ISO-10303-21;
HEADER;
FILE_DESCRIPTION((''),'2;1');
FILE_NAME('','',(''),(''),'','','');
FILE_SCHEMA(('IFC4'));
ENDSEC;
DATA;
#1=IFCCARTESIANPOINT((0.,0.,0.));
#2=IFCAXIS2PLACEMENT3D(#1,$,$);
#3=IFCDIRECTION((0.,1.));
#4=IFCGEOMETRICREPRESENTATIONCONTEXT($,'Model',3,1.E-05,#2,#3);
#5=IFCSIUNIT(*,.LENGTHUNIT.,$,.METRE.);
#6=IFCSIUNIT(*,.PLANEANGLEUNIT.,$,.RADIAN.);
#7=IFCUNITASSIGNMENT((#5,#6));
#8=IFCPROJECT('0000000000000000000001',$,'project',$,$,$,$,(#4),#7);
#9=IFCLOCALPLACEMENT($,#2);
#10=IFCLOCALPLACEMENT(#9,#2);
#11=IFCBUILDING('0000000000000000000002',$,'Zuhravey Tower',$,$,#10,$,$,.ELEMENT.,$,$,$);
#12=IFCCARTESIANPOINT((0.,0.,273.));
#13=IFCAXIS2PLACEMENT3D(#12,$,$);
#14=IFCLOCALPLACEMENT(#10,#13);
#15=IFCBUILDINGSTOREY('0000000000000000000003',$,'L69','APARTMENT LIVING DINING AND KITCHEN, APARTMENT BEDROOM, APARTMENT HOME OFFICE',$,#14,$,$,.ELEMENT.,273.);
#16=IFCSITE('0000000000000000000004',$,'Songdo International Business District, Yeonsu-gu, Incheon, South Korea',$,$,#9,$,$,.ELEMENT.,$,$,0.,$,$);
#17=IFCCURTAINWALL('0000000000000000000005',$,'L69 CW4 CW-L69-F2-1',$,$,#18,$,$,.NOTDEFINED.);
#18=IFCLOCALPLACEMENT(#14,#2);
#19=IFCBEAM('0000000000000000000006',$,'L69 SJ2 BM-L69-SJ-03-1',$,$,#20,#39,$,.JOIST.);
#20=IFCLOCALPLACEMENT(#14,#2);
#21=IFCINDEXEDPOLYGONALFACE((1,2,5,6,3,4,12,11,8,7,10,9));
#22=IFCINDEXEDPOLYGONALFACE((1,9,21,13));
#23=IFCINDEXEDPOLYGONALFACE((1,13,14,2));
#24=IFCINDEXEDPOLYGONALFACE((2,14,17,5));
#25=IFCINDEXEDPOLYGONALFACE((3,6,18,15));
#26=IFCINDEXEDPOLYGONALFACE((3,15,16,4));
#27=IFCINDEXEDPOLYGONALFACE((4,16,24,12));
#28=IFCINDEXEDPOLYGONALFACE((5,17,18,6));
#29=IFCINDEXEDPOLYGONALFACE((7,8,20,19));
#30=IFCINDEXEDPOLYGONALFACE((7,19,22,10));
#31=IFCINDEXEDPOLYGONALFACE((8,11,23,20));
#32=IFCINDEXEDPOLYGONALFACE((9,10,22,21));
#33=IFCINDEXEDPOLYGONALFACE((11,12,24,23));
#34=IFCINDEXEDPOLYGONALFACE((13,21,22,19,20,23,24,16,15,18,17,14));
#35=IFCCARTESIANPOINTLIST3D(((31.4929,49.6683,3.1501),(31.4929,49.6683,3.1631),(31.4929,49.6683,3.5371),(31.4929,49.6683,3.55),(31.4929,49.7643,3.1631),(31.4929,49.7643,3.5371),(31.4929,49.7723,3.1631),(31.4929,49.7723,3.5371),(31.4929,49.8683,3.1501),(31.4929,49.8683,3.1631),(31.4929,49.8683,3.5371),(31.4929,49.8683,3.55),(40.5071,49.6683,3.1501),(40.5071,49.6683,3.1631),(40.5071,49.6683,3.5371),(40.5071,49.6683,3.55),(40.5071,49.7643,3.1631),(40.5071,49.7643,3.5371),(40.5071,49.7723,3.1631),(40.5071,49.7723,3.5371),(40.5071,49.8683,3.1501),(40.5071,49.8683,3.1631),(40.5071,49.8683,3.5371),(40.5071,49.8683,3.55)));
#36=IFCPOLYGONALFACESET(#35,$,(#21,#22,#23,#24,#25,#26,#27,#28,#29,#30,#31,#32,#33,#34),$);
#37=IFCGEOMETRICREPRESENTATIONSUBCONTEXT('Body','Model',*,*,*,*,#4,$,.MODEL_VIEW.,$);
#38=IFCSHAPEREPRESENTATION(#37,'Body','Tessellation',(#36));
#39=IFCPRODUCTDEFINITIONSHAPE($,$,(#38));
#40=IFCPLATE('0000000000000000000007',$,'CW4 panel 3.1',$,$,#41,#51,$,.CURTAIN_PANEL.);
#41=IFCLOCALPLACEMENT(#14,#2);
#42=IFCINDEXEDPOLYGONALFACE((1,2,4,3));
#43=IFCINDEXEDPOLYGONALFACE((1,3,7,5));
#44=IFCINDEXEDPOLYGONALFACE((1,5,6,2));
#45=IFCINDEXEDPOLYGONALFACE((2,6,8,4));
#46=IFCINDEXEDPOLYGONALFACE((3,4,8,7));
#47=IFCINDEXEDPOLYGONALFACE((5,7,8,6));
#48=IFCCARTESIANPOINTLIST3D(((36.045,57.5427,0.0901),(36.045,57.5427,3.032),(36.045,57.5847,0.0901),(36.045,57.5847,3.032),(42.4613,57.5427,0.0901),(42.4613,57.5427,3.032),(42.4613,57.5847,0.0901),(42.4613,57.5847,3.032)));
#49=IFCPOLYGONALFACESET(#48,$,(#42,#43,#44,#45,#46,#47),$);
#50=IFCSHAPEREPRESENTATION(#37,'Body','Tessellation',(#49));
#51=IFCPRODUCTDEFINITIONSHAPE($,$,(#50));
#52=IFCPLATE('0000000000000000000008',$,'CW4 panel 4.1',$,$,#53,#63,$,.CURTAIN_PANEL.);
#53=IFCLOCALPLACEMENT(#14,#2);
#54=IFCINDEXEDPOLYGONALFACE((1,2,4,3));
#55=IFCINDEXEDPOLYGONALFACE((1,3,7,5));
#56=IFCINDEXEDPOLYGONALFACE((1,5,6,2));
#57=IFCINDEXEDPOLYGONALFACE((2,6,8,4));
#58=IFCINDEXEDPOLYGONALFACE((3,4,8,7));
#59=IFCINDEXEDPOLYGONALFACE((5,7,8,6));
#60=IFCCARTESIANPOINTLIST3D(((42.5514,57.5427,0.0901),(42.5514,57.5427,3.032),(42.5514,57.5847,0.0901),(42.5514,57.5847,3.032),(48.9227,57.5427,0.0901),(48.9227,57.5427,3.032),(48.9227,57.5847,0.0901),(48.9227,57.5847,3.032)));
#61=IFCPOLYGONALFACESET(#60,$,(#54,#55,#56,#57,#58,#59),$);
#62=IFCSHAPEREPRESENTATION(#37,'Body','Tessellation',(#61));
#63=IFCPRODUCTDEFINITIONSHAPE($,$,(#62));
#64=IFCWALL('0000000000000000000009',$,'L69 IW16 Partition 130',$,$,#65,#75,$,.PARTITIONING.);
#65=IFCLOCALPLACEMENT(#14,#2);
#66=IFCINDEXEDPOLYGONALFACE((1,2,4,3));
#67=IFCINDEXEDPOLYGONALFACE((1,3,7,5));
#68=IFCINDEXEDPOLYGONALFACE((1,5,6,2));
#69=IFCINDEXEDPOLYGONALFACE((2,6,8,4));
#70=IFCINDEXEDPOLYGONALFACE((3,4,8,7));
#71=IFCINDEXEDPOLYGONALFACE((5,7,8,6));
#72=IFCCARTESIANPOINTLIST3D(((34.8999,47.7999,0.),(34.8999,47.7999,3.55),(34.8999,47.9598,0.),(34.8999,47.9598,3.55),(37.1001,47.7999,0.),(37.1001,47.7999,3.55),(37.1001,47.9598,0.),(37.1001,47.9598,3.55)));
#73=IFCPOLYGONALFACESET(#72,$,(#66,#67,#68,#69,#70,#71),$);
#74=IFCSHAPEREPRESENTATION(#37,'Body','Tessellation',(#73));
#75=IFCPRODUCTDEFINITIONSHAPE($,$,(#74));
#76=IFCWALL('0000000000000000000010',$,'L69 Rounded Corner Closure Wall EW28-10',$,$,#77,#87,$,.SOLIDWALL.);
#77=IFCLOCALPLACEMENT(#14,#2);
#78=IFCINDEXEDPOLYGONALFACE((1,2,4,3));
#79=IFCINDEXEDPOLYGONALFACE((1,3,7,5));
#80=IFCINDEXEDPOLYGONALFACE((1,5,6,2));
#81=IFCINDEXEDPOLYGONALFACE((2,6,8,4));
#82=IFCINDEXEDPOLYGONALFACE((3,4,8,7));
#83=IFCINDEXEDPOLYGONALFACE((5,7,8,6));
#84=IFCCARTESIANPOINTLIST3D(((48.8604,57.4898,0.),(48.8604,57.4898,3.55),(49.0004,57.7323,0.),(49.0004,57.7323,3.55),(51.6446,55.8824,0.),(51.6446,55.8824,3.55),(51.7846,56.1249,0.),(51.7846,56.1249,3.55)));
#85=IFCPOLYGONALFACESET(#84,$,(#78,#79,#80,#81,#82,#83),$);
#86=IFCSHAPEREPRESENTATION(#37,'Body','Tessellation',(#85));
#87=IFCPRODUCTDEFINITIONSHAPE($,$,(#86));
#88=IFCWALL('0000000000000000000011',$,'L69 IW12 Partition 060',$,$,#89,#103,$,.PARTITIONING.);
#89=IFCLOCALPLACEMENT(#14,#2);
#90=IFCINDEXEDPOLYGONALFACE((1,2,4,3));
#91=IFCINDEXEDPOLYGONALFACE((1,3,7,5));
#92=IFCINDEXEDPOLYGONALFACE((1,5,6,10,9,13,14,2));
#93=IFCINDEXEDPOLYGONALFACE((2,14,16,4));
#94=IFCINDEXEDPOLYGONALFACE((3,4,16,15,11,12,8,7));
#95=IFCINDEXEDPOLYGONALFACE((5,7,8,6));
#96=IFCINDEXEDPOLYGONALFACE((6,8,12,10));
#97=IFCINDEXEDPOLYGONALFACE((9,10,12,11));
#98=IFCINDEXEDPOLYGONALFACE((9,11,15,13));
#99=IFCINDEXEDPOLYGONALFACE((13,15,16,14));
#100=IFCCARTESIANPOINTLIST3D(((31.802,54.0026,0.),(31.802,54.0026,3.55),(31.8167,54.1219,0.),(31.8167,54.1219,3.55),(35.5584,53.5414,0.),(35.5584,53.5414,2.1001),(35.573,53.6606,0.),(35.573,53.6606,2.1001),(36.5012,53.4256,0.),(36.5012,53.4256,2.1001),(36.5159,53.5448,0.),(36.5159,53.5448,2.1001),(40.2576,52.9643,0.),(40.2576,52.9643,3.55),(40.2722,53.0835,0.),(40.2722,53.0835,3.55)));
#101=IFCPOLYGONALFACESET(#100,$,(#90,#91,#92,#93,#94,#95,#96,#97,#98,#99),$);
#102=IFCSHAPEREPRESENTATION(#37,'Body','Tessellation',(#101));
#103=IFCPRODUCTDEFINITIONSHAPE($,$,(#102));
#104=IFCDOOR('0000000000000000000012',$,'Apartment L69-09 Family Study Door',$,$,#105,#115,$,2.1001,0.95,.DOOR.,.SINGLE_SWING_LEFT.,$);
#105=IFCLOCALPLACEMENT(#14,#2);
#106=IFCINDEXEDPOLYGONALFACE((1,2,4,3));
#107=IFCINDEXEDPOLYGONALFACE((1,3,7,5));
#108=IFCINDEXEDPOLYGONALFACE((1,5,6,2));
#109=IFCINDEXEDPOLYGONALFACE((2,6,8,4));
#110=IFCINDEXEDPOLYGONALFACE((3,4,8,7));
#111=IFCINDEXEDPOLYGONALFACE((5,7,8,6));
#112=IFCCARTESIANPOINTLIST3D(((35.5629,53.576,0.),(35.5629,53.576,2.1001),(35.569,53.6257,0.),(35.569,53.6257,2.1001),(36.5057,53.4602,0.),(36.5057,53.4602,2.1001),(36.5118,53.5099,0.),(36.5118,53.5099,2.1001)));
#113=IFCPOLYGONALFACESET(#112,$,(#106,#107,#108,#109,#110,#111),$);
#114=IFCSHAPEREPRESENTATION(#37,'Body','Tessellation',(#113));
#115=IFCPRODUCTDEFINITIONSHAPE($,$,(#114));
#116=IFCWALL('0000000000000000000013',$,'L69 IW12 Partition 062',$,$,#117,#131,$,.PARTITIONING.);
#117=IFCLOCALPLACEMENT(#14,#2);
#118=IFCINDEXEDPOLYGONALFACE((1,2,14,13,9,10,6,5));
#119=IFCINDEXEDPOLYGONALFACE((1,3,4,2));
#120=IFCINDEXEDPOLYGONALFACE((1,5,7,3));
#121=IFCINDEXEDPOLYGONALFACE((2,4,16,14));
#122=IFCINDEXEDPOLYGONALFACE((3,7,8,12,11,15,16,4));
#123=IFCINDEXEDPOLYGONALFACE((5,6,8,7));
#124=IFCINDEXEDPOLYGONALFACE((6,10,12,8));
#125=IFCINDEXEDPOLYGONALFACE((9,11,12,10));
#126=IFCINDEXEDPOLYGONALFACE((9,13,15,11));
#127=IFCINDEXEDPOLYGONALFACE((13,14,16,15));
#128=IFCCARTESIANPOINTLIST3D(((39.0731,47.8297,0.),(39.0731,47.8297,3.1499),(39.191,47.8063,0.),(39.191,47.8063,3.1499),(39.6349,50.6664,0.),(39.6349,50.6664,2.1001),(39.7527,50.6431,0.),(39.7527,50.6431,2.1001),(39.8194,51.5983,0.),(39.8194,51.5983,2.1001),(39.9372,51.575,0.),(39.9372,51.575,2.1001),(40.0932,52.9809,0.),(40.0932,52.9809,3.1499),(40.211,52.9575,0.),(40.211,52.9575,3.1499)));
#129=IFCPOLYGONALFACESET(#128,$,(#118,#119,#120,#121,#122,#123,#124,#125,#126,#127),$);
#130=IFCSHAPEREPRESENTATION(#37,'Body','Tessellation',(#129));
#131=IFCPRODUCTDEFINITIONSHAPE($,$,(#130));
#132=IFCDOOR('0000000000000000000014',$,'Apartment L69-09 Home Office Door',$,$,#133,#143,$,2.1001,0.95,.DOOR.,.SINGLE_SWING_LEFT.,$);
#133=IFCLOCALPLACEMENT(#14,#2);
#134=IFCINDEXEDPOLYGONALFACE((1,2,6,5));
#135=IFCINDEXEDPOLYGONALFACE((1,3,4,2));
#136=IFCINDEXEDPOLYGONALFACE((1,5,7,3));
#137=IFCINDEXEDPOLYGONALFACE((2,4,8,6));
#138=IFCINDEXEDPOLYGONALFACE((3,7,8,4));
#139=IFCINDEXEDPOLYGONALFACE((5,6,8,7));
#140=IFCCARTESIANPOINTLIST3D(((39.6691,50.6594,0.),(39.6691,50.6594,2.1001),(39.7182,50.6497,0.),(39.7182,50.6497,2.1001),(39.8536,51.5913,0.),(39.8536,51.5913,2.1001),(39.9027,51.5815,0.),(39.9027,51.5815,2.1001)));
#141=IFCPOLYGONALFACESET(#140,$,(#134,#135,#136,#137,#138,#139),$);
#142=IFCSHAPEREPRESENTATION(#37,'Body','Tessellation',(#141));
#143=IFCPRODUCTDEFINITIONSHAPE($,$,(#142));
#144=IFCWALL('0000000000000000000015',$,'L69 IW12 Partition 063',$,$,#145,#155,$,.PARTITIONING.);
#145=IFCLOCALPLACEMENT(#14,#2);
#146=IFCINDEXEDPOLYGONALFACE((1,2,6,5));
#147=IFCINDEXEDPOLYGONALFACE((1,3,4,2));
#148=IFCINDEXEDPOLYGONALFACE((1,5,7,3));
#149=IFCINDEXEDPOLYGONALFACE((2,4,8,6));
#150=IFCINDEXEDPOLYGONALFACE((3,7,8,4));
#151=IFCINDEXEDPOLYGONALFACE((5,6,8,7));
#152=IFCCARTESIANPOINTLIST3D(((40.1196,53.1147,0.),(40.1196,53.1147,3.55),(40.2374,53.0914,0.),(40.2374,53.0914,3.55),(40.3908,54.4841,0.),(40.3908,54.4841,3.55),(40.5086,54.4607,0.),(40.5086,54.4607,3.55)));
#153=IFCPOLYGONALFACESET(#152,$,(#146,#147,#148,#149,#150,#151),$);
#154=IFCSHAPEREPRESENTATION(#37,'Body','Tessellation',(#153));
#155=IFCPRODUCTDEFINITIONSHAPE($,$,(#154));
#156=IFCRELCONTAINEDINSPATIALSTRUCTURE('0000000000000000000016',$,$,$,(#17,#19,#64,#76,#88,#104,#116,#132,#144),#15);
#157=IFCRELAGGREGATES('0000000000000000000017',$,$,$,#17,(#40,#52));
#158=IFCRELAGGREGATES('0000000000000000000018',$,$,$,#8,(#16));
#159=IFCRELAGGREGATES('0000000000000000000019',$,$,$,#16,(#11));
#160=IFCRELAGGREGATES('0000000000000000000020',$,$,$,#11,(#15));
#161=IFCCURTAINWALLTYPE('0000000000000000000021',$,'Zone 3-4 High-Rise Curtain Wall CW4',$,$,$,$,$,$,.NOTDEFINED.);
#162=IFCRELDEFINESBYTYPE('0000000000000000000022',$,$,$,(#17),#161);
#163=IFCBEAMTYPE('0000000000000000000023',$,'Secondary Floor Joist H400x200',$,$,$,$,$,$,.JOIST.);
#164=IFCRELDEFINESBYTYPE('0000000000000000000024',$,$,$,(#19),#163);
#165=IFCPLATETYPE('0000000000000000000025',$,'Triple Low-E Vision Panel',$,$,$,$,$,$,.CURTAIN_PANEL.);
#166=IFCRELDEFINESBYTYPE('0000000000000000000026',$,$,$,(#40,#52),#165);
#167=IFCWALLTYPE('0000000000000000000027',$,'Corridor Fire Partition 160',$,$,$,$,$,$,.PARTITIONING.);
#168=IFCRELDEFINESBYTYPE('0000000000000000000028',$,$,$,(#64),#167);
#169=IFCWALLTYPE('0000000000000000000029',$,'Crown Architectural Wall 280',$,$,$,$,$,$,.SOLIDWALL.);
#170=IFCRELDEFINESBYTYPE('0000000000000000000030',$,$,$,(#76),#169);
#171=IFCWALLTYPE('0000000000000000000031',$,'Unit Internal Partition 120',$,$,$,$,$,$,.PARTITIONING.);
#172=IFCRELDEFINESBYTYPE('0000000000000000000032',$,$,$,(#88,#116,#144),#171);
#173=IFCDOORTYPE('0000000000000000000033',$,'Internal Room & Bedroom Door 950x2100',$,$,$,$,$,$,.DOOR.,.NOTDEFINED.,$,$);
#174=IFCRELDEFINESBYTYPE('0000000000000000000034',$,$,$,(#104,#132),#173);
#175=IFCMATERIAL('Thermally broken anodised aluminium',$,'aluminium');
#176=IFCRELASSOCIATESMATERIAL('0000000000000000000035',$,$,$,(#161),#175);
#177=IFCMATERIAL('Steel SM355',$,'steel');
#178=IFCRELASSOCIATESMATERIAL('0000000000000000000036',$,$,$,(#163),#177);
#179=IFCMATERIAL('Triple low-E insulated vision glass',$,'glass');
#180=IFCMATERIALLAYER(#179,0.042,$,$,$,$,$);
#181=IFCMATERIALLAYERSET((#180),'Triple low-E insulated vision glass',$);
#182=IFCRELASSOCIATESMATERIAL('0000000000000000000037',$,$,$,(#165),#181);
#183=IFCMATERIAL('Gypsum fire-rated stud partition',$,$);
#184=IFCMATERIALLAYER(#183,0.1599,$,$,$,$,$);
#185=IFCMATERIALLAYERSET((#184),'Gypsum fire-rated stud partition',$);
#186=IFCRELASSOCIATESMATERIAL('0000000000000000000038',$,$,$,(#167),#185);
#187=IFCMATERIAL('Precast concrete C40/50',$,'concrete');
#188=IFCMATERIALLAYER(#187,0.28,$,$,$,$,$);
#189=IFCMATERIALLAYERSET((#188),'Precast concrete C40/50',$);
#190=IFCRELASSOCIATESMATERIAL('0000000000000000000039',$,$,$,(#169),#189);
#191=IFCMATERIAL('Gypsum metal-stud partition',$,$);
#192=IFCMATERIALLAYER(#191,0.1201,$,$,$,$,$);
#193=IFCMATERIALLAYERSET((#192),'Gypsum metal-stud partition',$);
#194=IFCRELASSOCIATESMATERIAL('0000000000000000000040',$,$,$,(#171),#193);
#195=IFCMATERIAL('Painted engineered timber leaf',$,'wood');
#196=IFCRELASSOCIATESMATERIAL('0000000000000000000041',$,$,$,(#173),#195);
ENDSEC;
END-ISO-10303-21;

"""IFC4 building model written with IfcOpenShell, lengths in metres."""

from ifc_helpers import new_model, si_unit, direction, frame, frame_2d, origin, origin_2d, place, context, subcontext, project, spatial, rectangle, i_section, extrude, material, layer, layer_set, material_profile, profile_set, type_object, element, fill, aggregate, save


model = new_model("IFC4")

# Units and contexts
model_context = context("Model", 3, precision=1e-05, world=origin(), true_north=direction((0.0, 1.0)))
body_context = subcontext(model_context, "Body", "Model", "MODEL_VIEW")
ifc_project = project(units=[si_unit("LENGTHUNIT", "METRE"), si_unit("PLANEANGLEUNIT", "RADIAN")], contexts=[model_context])

# Site, building, storey
site_placement = place(None, origin())
site = spatial("IfcSite", under=ifc_project, at=site_placement, Name="Songdo International Business District, Yeonsu-gu, Incheon, South Korea", CompositionType="ELEMENT", RefElevation=0.0)
building_placement = place(site_placement, origin())
building = spatial("IfcBuilding", under=site, at=building_placement, Name="Zuhravey Tower", CompositionType="ELEMENT")
storey_placement = place(building_placement, frame((0.0, 0.0, 273.0)))
storey = spatial("IfcBuildingStorey", under=building, at=storey_placement, Name="L69", Description="APARTMENT LIVING DINING AND KITCHEN, APARTMENT BEDROOM, APARTMENT HOME OFFICE", CompositionType="ELEMENT", Elevation=273.0)

# Curtain wall
ifc_material_1 = material(Name="Thermally broken anodised aluminium", Category="aluminium")
curtain_wall_type = type_object("IfcCurtainWallType", Name="Zone 3-4 High-Rise Curtain Wall CW4", PredefinedType="NOTDEFINED", material=ifc_material_1)
curtain_wall_placement = place(storey_placement, origin())
curtain_wall = element("IfcCurtainWall", 1, at=curtain_wall_placement, inside=storey, type_object=curtain_wall_type, Name="L69 CW4 CW-L69-F2-1", PredefinedType="NOTDEFINED")

# Beam
ifc_material_2 = material(Name="Steel SM355", Category="steel")
ifc_material_profile_1 = material_profile(ifc_material_2, i_section(OverallWidth=0.2, OverallDepth=0.3999, WebThickness=0.0081, FlangeThickness=0.0129, at=origin_2d()), Name="H-400x200x8x13")
ifc_profile_set_1 = profile_set([ifc_material_profile_1], Name="Steel SM355")
beam_type_1 = type_object("IfcBeamType", Name="Secondary Floor Joist H400x200", PredefinedType="JOIST", material=ifc_profile_set_1)
beam_1_placement = place(storey_placement, frame((40.5071, 49.7683, 3.3501), z_axis=(-1.0, 0.0, 0.0), x_axis=(0.0, -1.0, 0.0)))
element("IfcBeam", 2, at=beam_1_placement, inside=storey, type_object=beam_type_1, Name="L69 SJ2 BM-L69-SJ-03-1", PredefinedType="JOIST", context=body_context, shape_type="SweptSolid", body=[
    extrude(i_section(OverallWidth=0.2, OverallDepth=0.3999, WebThickness=0.0081, FlangeThickness=0.0129, at=origin_2d()), origin(), (0.0, 0.0, 1.0), 9.0142),
])

# Plates
ifc_material_3 = material(Name="Triple low-E insulated vision glass", Category="glass")
ifc_layer_1 = layer(ifc_material_3, 0.042)
ifc_layer_set_1 = layer_set([ifc_layer_1], Name="Triple low-E insulated vision glass")
plate_type = type_object("IfcPlateType", Name="Triple Low-E Vision Panel", PredefinedType="CURTAIN_PANEL", material=ifc_layer_set_1)
plate_1_placement = place(storey_placement, frame((39.2532, 57.5637, 0.0901), z_axis=(0.0, 0.0, 1.0), x_axis=(1.0, 0.0, 0.0)))
plate_1 = element("IfcPlate", 3, at=plate_1_placement, type_object=plate_type, Name="CW4 panel 3.1", PredefinedType="CURTAIN_PANEL", context=body_context, shape_type="SweptSolid", body=[
    extrude(rectangle(XDim=6.4163, YDim=0.042, at=origin_2d()), origin(), (0.0, 0.0, 1.0), 2.9419),
])
plate_2_placement = place(storey_placement, frame((45.7371, 57.5637, 0.0901), z_axis=(0.0, 0.0, 1.0), x_axis=(1.0, 0.0, 0.0)))
plate_2 = element("IfcPlate", 4, at=plate_2_placement, type_object=plate_type, Name="CW4 panel 4.1", PredefinedType="CURTAIN_PANEL", context=body_context, shape_type="SweptSolid", body=[
    extrude(rectangle(XDim=6.3713, YDim=0.042, at=origin_2d()), origin(), (0.0, 0.0, 1.0), 2.9419),
])
aggregate(curtain_wall, [plate_1, plate_2])

# Walls
ifc_material_4 = material(Name="Gypsum fire-rated stud partition")
ifc_layer_2 = layer(ifc_material_4, 0.1599)
ifc_layer_set_2 = layer_set([ifc_layer_2], Name="Gypsum fire-rated stud partition")
wall_type_1 = type_object("IfcWallType", Name="Corridor Fire Partition 160", PredefinedType="PARTITIONING", material=ifc_layer_set_2)
wall_1_placement = place(storey_placement, frame((37.1001, 47.8799, 0.0), z_axis=(0.0, 0.0, 1.0), x_axis=(-1.0, 0.0, 0.0)))
element("IfcWall", 5, at=wall_1_placement, inside=storey, type_object=wall_type_1, Name="L69 IW16 Partition 130", PredefinedType="PARTITIONING", context=body_context, shape_type="SweptSolid", body=[
    extrude(rectangle(XDim=2.2002, YDim=0.1599, at=frame_2d((1.1001, 0.0))), origin(), (0.0, 0.0, 1.0), 3.55),
])
ifc_material_5 = material(Name="Precast concrete C40/50", Category="concrete")
ifc_layer_3 = layer(ifc_material_5, 0.28)
ifc_layer_set_3 = layer_set([ifc_layer_3], Name="Precast concrete C40/50")
wall_type_2 = type_object("IfcWallType", Name="Crown Architectural Wall 280", PredefinedType="SOLIDWALL", material=ifc_layer_set_3)
wall_2_placement = place(storey_placement, frame((48.9304, 57.6111, 0.0), z_axis=(0.0, 0.0, 1.0), x_axis=(0.866029, -0.499994, 0.0)))
element("IfcWall", 6, at=wall_2_placement, inside=storey, type_object=wall_type_2, Name="L69 Rounded Corner Closure Wall EW28-10", PredefinedType="SOLIDWALL", context=body_context, shape_type="SweptSolid", body=[
    extrude(rectangle(XDim=3.2148, YDim=0.28, at=frame_2d((1.6074, 0.0))), origin(), (0.0, 0.0, 1.0), 3.55),
])

# Walls, openings, doors
ifc_material_6 = material(Name="Gypsum metal-stud partition")
ifc_layer_4 = layer(ifc_material_6, 0.1201)
ifc_layer_set_4 = layer_set([ifc_layer_4], Name="Gypsum metal-stud partition")
wall_type_3 = type_object("IfcWallType", Name="Unit Internal Partition 120", PredefinedType="PARTITIONING", material=ifc_layer_set_4)
wall_3_placement = place(storey_placement, frame((40.2649, 53.0239, 0.0), z_axis=(0.0, 0.0, 1.0), x_axis=(-0.992544, 0.121883, 0.0)))
wall_3 = element("IfcWall", 7, at=wall_3_placement, inside=storey, type_object=wall_type_3, Name="L69 IW12 Partition 060", PredefinedType="PARTITIONING", context=body_context, shape_type="SweptSolid", body=[
    extrude(rectangle(XDim=8.519, YDim=0.1201, at=frame_2d((4.2595, 0.0))), origin(), (0.0, 0.0, 1.0), 3.55),
])
opening_1_placement = place(wall_3_placement, frame((3.7844, 0.0, 0.0)))
opening_1 = element("IfcOpeningElement", 8, at=opening_1_placement, cuts=wall_3, PredefinedType="OPENING", context=body_context, shape_type="SweptSolid", body=[
    extrude(rectangle(XDim=0.95, YDim=2.1001, at=frame_2d((0.4751, 1.05))), frame((0.0, 0.072, 0.0), z_axis=(0.0, -1.0, 0.0), x_axis=(1.0, 0.0, 0.0)), (0.0, 0.0, 1.0), 0.144),
])
ifc_material_7 = material(Name="Painted engineered timber leaf", Category="wood")
door_type = type_object("IfcDoorType", Name="Internal Room & Bedroom Door 950x2100", OperationType="NOTDEFINED", PredefinedType="DOOR", material=ifc_material_7)
door_1_placement = place(opening_1_placement, frame((0.95, 0.0, 0.0), z_axis=(0.0, 0.0, 1.0), x_axis=(-1.0, 0.0, 0.0)))
door_1 = element("IfcDoor", 9, at=door_1_placement, inside=storey, type_object=door_type, Name="Apartment L69-09 Family Study Door", OperationType="SINGLE_SWING_LEFT", OverallHeight=2.1001, OverallWidth=0.95, PredefinedType="DOOR", context=body_context, shape_type="SweptSolid", body=[
    extrude(rectangle(XDim=0.95, YDim=2.1001, at=frame_2d((0.4751, 1.05))), frame((0.0, 0.0249, 0.0), z_axis=(0.0, -1.0, 0.0), x_axis=(1.0, 0.0, 0.0)), (0.0, 0.0, 1.0), 0.05),
])
fill(opening_1, door_1)
wall_4_placement = place(storey_placement, frame((39.1321, 47.8181, 0.0), z_axis=(0.0, 0.0, 1.0), x_axis=(0.194247, 0.980953, 0.0)))
wall_4 = element("IfcWall", 10, at=wall_4_placement, inside=storey, type_object=wall_type_3, Name="L69 IW12 Partition 062", PredefinedType="PARTITIONING", context=body_context, shape_type="SweptSolid", body=[
    extrude(rectangle(XDim=5.2512, YDim=0.1201, at=frame_2d((2.6255, 0.0))), origin(), (0.0, 0.0, 1.0), 3.1499),
])
opening_2_placement = place(wall_4_placement, frame((2.8916, 0.0, 0.0)))
opening_2 = element("IfcOpeningElement", 11, at=opening_2_placement, cuts=wall_4, PredefinedType="OPENING", context=body_context, shape_type="SweptSolid", body=[
    extrude(rectangle(XDim=0.95, YDim=2.1001, at=frame_2d((0.4751, 1.05))), frame((0.0, 0.072, 0.0), z_axis=(0.0, -1.0, 0.0), x_axis=(1.0, 0.0, 0.0)), (0.0, 0.0, 1.0), 0.144),
])
door_2_placement = place(opening_2_placement, frame((0.95, 0.0, 0.0), z_axis=(0.0, 0.0, 1.0), x_axis=(-1.0, 0.0, 0.0)))
door_2 = element("IfcDoor", 12, at=door_2_placement, inside=storey, type_object=door_type, Name="Apartment L69-09 Home Office Door", OperationType="SINGLE_SWING_LEFT", OverallHeight=2.1001, OverallWidth=0.95, PredefinedType="DOOR", context=body_context, shape_type="SweptSolid", body=[
    extrude(rectangle(XDim=0.95, YDim=2.1001, at=frame_2d((0.4751, 1.05))), frame((0.0, 0.0249, 0.0), z_axis=(0.0, -1.0, 0.0), x_axis=(1.0, 0.0, 0.0)), (0.0, 0.0, 1.0), 0.05),
])
fill(opening_2, door_2)

# Wall
wall_5_placement = place(storey_placement, frame((40.1785, 53.103, 0.0), z_axis=(0.0, 0.0, 1.0), x_axis=(0.1943, 0.980942, 0.0)))
element("IfcWall", 13, at=wall_5_placement, inside=storey, type_object=wall_type_3, Name="L69 IW12 Partition 063", PredefinedType="PARTITIONING", context=body_context, shape_type="SweptSolid", body=[
    extrude(rectangle(XDim=1.396, YDim=0.1201, at=frame_2d((0.698, 0.0))), origin(), (0.0, 0.0, 1.0), 3.55),
])

save(model, "model.ifc")
